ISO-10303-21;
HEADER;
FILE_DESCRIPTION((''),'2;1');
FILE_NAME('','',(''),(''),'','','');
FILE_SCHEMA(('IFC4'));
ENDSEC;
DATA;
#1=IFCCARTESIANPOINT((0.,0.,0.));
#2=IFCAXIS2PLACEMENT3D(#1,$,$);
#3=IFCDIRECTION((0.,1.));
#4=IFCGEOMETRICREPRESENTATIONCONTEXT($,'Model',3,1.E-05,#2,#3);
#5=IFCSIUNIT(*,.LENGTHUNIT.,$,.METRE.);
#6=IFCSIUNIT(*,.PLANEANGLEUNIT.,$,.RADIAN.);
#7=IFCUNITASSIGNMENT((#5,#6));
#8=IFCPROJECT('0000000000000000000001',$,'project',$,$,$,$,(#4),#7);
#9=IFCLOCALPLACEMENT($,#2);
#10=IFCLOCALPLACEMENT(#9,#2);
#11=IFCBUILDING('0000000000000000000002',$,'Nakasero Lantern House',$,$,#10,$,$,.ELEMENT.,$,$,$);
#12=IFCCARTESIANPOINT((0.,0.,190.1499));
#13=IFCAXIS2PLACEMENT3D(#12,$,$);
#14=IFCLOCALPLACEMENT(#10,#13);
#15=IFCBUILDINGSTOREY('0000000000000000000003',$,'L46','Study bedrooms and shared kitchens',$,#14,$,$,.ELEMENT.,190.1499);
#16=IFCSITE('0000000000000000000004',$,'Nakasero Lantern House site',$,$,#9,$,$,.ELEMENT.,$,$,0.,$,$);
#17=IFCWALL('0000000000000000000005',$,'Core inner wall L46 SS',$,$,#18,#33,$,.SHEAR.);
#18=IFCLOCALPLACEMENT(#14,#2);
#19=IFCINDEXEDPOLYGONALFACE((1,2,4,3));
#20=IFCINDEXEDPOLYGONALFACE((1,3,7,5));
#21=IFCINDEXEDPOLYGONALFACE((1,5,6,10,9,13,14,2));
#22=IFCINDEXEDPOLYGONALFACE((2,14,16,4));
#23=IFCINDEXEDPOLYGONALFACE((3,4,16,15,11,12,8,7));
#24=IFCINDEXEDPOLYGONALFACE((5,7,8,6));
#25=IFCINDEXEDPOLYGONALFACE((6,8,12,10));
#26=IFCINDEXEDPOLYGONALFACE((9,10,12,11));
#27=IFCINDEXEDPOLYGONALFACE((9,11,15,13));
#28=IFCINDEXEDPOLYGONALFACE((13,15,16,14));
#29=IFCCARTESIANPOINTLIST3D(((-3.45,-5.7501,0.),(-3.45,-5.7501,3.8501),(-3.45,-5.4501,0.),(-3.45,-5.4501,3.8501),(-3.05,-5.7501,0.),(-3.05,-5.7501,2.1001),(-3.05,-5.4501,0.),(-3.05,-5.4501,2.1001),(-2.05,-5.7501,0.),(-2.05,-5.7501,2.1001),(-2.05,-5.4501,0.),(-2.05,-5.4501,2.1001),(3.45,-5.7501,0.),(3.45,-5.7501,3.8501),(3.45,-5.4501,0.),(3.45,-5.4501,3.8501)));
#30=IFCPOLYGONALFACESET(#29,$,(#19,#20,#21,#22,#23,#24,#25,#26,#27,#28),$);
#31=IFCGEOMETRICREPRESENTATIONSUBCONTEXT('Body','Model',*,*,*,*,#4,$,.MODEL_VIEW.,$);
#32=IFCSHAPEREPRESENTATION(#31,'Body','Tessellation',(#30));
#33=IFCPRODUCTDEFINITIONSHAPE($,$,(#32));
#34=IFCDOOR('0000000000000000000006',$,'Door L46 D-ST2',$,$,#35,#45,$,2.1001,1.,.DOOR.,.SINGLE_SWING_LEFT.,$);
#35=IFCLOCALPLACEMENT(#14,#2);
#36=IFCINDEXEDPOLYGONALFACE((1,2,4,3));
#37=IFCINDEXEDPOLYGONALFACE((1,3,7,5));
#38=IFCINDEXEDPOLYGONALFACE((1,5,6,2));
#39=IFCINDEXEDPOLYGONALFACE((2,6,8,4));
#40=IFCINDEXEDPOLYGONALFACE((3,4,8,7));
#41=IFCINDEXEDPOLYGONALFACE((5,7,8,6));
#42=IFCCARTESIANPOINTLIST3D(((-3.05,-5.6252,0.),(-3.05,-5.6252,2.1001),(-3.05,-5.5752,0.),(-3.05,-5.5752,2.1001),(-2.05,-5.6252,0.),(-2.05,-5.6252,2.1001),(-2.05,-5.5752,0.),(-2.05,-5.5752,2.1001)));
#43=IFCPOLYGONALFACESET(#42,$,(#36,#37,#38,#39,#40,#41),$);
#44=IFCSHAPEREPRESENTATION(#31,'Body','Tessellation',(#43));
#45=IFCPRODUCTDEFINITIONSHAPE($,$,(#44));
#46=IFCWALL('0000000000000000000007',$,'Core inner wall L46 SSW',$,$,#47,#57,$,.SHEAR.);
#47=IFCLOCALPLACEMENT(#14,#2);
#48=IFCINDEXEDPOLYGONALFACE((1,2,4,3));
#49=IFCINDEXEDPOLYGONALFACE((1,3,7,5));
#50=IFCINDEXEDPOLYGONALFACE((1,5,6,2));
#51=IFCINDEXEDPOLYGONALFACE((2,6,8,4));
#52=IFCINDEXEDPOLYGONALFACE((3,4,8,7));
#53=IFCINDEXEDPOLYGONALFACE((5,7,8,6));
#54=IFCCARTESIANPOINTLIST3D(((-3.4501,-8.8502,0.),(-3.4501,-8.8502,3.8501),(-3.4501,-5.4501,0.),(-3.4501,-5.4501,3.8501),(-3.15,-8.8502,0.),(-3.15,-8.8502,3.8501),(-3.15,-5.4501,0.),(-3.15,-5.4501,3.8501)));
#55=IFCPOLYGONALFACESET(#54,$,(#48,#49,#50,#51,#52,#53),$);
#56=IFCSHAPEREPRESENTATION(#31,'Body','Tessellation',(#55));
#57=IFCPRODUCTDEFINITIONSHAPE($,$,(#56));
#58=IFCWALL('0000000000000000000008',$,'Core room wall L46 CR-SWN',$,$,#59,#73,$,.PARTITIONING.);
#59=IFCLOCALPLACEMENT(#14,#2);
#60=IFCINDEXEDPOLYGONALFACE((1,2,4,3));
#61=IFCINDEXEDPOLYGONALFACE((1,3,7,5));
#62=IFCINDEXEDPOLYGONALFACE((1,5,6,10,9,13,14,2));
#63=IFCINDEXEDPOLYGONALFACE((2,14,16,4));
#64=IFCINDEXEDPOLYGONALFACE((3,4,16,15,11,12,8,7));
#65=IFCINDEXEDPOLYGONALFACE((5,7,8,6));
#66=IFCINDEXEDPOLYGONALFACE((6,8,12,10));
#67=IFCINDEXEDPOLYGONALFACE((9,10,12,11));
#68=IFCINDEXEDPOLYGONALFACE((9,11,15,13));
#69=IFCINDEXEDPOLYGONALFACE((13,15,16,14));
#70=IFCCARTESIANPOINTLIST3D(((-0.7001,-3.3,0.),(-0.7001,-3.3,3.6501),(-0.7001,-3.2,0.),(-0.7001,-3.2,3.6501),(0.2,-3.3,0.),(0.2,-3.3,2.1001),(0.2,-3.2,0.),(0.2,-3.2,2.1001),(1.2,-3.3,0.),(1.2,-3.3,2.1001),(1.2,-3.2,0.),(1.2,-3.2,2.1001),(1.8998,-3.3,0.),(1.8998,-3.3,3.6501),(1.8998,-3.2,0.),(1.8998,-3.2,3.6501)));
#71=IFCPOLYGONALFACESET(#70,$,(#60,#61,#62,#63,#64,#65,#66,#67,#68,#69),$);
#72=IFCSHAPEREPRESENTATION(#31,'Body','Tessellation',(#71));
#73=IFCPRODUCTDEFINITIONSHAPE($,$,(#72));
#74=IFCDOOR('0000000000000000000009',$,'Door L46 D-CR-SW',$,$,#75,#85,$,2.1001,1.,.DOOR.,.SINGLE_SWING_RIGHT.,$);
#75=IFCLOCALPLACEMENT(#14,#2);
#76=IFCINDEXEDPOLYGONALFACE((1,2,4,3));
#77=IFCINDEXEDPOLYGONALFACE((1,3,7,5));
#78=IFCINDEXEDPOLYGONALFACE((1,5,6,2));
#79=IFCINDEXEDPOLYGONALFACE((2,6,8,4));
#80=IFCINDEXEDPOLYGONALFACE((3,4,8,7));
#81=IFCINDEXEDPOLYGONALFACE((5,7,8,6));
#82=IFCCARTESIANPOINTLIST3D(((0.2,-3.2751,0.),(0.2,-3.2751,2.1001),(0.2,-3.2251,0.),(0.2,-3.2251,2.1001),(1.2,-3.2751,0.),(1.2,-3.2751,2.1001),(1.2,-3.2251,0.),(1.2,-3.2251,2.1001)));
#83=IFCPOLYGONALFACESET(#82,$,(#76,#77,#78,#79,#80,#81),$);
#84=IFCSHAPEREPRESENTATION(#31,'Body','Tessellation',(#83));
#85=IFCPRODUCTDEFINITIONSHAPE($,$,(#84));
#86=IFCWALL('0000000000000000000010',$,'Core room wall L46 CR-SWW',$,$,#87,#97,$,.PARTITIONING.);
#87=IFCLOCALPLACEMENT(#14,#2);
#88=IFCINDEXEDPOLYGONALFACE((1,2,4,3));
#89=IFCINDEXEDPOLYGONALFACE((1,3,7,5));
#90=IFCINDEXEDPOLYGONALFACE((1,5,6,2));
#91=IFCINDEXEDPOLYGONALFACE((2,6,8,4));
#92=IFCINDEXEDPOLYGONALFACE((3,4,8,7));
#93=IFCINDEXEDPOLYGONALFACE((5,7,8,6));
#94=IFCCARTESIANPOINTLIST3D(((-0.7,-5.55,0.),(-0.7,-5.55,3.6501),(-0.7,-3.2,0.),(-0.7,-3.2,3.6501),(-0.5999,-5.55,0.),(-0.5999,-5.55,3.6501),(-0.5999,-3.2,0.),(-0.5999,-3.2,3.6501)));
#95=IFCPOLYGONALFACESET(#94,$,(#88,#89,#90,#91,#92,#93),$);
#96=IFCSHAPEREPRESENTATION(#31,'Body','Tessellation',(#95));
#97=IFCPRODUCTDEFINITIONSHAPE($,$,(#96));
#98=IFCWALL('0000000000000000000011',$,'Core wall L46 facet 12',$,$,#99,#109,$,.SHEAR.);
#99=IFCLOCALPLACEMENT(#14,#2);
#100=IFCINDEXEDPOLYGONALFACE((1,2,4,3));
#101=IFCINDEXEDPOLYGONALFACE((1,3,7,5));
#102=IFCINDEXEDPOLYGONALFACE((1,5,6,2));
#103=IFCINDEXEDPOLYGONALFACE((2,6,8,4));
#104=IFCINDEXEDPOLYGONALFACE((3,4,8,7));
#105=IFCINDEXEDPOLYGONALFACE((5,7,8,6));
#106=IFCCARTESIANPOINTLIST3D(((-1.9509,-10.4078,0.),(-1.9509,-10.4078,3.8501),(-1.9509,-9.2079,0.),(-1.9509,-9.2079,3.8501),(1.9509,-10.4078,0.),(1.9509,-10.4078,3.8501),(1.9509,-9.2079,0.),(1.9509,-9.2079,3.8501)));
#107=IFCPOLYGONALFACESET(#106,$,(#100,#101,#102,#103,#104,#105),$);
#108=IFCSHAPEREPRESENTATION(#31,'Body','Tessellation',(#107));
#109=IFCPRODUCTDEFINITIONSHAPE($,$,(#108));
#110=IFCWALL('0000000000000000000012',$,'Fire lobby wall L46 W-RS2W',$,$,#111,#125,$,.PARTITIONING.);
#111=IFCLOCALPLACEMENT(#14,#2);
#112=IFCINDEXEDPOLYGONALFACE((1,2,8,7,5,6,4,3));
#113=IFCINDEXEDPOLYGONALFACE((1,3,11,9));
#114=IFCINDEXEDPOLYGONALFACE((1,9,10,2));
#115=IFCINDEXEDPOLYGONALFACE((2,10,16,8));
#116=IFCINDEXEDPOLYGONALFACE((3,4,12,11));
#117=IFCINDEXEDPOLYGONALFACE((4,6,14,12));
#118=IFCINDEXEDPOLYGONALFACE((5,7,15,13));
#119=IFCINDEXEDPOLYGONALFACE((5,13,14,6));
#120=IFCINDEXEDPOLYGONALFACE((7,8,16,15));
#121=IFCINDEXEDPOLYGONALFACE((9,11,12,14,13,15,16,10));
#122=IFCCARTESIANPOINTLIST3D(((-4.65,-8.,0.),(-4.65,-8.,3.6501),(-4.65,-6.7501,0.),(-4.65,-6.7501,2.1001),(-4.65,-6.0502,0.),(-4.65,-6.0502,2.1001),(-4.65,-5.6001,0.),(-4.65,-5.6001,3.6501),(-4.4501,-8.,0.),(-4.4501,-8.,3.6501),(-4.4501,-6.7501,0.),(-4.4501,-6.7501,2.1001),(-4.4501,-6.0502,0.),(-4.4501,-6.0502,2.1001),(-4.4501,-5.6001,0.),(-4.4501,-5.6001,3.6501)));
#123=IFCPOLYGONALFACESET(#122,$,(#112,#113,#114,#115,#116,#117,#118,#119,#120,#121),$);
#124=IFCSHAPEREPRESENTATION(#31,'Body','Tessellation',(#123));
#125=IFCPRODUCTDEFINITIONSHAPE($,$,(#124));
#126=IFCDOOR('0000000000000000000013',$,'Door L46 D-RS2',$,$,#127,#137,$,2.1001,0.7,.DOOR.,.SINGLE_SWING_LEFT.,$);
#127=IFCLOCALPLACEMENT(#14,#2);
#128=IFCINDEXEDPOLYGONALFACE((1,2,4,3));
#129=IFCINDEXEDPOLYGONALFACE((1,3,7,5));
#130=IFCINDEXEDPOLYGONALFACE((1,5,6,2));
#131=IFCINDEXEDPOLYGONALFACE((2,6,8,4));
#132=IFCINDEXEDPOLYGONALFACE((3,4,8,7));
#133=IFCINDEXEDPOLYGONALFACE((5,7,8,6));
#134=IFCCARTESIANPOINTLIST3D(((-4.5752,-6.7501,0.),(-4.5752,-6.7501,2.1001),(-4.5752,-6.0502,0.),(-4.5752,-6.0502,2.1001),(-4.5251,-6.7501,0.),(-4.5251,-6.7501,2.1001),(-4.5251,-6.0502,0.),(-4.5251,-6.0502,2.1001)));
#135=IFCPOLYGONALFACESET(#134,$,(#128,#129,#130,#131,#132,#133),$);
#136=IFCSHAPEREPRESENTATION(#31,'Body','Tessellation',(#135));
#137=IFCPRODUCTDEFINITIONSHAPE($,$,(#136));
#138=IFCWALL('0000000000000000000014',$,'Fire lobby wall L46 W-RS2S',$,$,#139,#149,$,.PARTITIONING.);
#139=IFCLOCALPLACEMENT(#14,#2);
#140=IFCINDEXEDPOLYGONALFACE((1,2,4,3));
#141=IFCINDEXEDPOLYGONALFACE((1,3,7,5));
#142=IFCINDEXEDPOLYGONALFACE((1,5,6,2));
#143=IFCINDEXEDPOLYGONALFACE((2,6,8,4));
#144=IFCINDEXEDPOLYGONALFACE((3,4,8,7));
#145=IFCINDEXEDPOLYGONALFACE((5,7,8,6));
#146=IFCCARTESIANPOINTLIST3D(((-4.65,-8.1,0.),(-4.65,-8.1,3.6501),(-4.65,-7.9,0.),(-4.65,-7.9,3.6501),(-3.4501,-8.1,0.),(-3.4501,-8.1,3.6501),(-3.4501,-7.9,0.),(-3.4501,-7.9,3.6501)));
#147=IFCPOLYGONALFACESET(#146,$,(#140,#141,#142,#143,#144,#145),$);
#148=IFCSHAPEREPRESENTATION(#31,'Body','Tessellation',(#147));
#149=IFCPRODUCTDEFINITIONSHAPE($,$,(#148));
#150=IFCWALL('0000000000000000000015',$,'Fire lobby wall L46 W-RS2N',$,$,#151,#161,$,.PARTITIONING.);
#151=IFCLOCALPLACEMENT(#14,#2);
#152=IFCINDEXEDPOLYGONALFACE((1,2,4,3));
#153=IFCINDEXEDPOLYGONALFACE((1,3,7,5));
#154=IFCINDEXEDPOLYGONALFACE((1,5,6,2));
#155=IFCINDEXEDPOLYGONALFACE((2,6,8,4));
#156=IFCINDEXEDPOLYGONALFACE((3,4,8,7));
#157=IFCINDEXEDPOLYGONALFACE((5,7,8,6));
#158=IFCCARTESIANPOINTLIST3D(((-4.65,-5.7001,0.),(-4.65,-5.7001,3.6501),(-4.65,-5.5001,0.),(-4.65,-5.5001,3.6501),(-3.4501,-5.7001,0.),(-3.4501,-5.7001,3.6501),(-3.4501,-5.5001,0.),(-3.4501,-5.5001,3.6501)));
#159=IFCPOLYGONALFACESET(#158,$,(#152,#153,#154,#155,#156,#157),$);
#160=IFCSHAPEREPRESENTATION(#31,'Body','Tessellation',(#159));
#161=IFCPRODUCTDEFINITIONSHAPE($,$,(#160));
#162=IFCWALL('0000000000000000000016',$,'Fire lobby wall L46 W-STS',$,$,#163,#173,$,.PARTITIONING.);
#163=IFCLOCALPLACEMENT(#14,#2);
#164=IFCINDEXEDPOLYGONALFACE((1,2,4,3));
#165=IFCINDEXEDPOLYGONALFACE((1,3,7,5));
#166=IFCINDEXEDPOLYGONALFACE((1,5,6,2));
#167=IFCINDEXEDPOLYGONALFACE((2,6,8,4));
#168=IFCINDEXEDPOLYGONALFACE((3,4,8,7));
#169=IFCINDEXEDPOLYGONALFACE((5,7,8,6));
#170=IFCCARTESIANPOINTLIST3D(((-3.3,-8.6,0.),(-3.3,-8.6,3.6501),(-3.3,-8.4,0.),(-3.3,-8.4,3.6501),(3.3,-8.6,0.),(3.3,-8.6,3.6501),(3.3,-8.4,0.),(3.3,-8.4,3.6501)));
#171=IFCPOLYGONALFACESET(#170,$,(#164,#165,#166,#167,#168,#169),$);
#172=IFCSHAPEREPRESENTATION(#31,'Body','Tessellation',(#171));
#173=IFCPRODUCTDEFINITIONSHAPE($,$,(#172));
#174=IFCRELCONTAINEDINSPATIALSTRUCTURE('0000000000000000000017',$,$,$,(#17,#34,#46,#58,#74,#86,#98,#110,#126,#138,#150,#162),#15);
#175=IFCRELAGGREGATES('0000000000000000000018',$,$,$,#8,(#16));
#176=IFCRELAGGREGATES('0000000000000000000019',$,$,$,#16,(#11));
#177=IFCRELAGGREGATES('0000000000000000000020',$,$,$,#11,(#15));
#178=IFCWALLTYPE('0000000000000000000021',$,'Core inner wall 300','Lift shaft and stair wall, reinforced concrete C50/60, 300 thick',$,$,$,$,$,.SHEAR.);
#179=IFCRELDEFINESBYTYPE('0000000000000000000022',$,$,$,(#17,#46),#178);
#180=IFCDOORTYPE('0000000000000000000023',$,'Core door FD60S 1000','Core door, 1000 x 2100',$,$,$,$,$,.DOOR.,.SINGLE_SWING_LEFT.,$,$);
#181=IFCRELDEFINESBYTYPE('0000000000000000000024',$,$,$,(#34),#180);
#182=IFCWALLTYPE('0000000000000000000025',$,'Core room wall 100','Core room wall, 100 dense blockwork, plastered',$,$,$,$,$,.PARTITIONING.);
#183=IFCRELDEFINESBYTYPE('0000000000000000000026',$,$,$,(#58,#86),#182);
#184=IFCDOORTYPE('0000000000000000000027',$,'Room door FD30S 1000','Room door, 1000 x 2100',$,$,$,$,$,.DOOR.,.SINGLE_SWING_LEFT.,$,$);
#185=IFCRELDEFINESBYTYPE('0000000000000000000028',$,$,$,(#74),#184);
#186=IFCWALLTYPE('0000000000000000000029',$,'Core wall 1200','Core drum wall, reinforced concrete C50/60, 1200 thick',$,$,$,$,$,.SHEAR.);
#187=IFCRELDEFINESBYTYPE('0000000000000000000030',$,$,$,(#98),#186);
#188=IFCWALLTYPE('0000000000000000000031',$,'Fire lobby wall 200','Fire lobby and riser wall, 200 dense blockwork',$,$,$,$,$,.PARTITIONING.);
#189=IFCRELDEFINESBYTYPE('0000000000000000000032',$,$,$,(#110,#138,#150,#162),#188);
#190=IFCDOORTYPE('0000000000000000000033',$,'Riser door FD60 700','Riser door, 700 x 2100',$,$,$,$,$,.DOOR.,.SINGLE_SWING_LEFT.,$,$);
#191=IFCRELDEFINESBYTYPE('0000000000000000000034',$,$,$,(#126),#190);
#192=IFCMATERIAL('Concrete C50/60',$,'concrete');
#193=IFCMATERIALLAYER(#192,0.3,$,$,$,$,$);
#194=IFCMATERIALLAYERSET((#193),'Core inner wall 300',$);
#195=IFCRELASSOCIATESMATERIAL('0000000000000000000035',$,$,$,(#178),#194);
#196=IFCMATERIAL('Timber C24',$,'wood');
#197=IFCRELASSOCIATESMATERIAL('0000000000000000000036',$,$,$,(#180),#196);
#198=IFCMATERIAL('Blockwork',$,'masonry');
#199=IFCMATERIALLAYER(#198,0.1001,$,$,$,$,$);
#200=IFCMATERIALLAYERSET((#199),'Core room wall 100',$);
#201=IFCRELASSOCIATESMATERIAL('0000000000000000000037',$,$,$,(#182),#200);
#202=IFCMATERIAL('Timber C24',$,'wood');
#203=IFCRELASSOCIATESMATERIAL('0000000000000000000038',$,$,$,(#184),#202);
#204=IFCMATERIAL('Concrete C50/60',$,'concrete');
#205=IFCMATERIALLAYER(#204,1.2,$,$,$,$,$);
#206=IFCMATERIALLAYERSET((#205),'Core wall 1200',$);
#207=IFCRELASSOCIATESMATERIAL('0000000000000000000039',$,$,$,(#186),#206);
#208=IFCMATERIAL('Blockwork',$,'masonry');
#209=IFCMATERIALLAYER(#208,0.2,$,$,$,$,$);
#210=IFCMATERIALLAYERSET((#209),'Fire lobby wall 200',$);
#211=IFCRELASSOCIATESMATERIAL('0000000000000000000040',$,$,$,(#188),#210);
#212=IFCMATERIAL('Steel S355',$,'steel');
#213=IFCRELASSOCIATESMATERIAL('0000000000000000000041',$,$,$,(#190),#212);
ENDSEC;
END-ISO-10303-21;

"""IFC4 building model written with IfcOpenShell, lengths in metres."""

from ifc_helpers import new_model, si_unit, direction, frame, frame_2d, origin, place, context, subcontext, project, spatial, rectangle, extrude, material, layer, layer_set, type_object, element, fill, save


model = new_model("IFC4")

# Units and contexts
model_context = context("Model", 3, precision=1e-05, world=origin(), true_north=direction((0.0, 1.0)))
body_context = subcontext(model_context, "Body", "Model", "MODEL_VIEW")
ifc_project = project(units=[si_unit("LENGTHUNIT", "METRE"), si_unit("PLANEANGLEUNIT", "RADIAN")], contexts=[model_context])

# Site, building, storey
site_placement = place(None, origin())
site = spatial("IfcSite", under=ifc_project, at=site_placement, Name="Nakasero Lantern House site", CompositionType="ELEMENT", RefElevation=0.0)
building_placement = place(site_placement, origin())
building = spatial("IfcBuilding", under=site, at=building_placement, Name="Nakasero Lantern House", CompositionType="ELEMENT")
storey_placement = place(building_placement, frame((0.0, 0.0, 190.1499)))
storey = spatial("IfcBuildingStorey", under=building, at=storey_placement, Name="L46", Description="Study bedrooms and shared kitchens", CompositionType="ELEMENT", Elevation=190.1499)

# Wall, opening, door
ifc_material_1 = material(Name="Concrete C50/60", Category="concrete")
ifc_layer_1 = layer(ifc_material_1, 0.3)
ifc_layer_set_1 = layer_set([ifc_layer_1], Name="Core inner wall 300")
wall_type_1 = type_object("IfcWallType", Name="Core inner wall 300", Description="Lift shaft and stair wall, reinforced concrete C50/60, 300 thick", PredefinedType="SHEAR", material=ifc_layer_set_1)
wall_1_placement = place(storey_placement, frame((-3.45, -5.6001, 0.0), z_axis=(0.0, 0.0, 1.0), x_axis=(1.0, 0.0, 0.0)))
wall_1 = element("IfcWall", 1, at=wall_1_placement, inside=storey, type_object=wall_type_1, Name="Core inner wall L46 SS", PredefinedType="SHEAR", context=body_context, shape_type="SweptSolid", body=[
    extrude(rectangle(XDim=6.8999, YDim=0.3, at=frame_2d((3.45, 0.0))), origin(), (0.0, 0.0, 1.0), 3.8501),
])
opening_1_placement = place(wall_1_placement, frame((0.3999, 0.0, 0.0)))
opening_1 = element("IfcOpeningElement", 2, at=opening_1_placement, cuts=wall_1, PredefinedType="OPENING", context=body_context, shape_type="SweptSolid", body=[
    extrude(rectangle(XDim=1.0, YDim=2.1001, at=frame_2d((0.5, 1.05))), frame((0.0, 0.1699, 0.0), z_axis=(0.0, -1.0, 0.0), x_axis=(1.0, 0.0, 0.0)), (0.0, 0.0, 1.0), 0.3401),
])
ifc_material_2 = material(Name="Timber C24", Category="wood")
door_type_1 = type_object("IfcDoorType", Name="Core door FD60S 1000", Description="Core door, 1000 x 2100", OperationType="SINGLE_SWING_LEFT", PredefinedType="DOOR", material=ifc_material_2)
door_1_placement = place(opening_1_placement, origin())
door_1 = element("IfcDoor", 3, at=door_1_placement, inside=storey, type_object=door_type_1, Name="Door L46 D-ST2", OperationType="SINGLE_SWING_LEFT", OverallHeight=2.1001, OverallWidth=1.0, PredefinedType="DOOR", context=body_context, shape_type="SweptSolid", body=[
    extrude(rectangle(XDim=1.0, YDim=2.1001, at=frame_2d((0.5, 1.05))), frame((0.0, 0.0249, 0.0), z_axis=(0.0, -1.0, 0.0), x_axis=(1.0, 0.0, 0.0)), (0.0, 0.0, 1.0), 0.05),
])
fill(opening_1, door_1)

# Wall
wall_2_placement = place(storey_placement, frame((-3.3, -5.45, 0.0), z_axis=(0.0, 0.0, 1.0), x_axis=(0.0, -1.0, 0.0)))
element("IfcWall", 4, at=wall_2_placement, inside=storey, type_object=wall_type_1, Name="Core inner wall L46 SSW", PredefinedType="SHEAR", context=body_context, shape_type="SweptSolid", body=[
    extrude(rectangle(XDim=3.4001, YDim=0.3, at=frame_2d((1.7002, 0.0))), origin(), (0.0, 0.0, 1.0), 3.8501),
])

# Wall, opening, door
ifc_material_3 = material(Name="Blockwork", Category="masonry")
ifc_layer_2 = layer(ifc_material_3, 0.1001)
ifc_layer_set_2 = layer_set([ifc_layer_2], Name="Core room wall 100")
wall_type_2 = type_object("IfcWallType", Name="Core room wall 100", Description="Core room wall, 100 dense blockwork, plastered", PredefinedType="PARTITIONING", material=ifc_layer_set_2)
wall_3_placement = place(storey_placement, frame((-0.7, -3.25, 0.0), z_axis=(0.0, 0.0, 1.0), x_axis=(1.0, 0.0, 0.0)))
wall_3 = element("IfcWall", 5, at=wall_3_placement, inside=storey, type_object=wall_type_2, Name="Core room wall L46 CR-SWN", PredefinedType="PARTITIONING", context=body_context, shape_type="SweptSolid", body=[
    extrude(rectangle(XDim=2.5999, YDim=0.1001, at=frame_2d((1.2998, 0.0))), origin(), (0.0, 0.0, 1.0), 3.6501),
])
opening_2_placement = place(wall_3_placement, frame((0.8999, 0.0, 0.0)))
opening_2 = element("IfcOpeningElement", 6, at=opening_2_placement, cuts=wall_3, PredefinedType="OPENING", context=body_context, shape_type="SweptSolid", body=[
    extrude(rectangle(XDim=1.0, YDim=2.1001, at=frame_2d((0.5, 1.05))), frame((0.0, 0.0701, 0.0), z_axis=(0.0, -1.0, 0.0), x_axis=(1.0, 0.0, 0.0)), (0.0, 0.0, 1.0), 0.1401),
])
ifc_material_4 = material(Name="Timber C24", Category="wood")
door_type_2 = type_object("IfcDoorType", Name="Room door FD30S 1000", Description="Room door, 1000 x 2100", OperationType="SINGLE_SWING_LEFT", PredefinedType="DOOR", material=ifc_material_4)
door_2_placement = place(opening_2_placement, origin())
door_2 = element("IfcDoor", 7, at=door_2_placement, inside=storey, type_object=door_type_2, Name="Door L46 D-CR-SW", OperationType="SINGLE_SWING_RIGHT", OverallHeight=2.1001, OverallWidth=1.0, PredefinedType="DOOR", context=body_context, shape_type="SweptSolid", body=[
    extrude(rectangle(XDim=1.0, YDim=2.1001, at=frame_2d((0.5, 1.05))), frame((0.0, 0.0249, 0.0), z_axis=(0.0, -1.0, 0.0), x_axis=(1.0, 0.0, 0.0)), (0.0, 0.0, 1.0), 0.05),
])
fill(opening_2, door_2)

# Walls
wall_4_placement = place(storey_placement, frame((-0.6499, -5.55, 0.0), z_axis=(0.0, 0.0, 1.0), x_axis=(0.0, 1.0, 0.0)))
element("IfcWall", 8, at=wall_4_placement, inside=storey, type_object=wall_type_2, Name="Core room wall L46 CR-SWW", PredefinedType="PARTITIONING", context=body_context, shape_type="SweptSolid", body=[
    extrude(rectangle(XDim=2.3501, YDim=0.1001, at=frame_2d((1.175, 0.0))), origin(), (0.0, 0.0, 1.0), 3.6501),
])
ifc_material_5 = material(Name="Concrete C50/60", Category="concrete")
ifc_layer_3 = layer(ifc_material_5, 1.2)
ifc_layer_set_3 = layer_set([ifc_layer_3], Name="Core wall 1200")
wall_type_3 = type_object("IfcWallType", Name="Core wall 1200", Description="Core drum wall, reinforced concrete C50/60, 1200 thick", PredefinedType="SHEAR", material=ifc_layer_set_3)
wall_5_placement = place(storey_placement, frame((-1.9509, -9.8079, 0.0), z_axis=(0.0, 0.0, 1.0), x_axis=(1.0, 0.0, 0.0)))
element("IfcWall", 9, at=wall_5_placement, inside=storey, type_object=wall_type_3, Name="Core wall L46 facet 12", PredefinedType="SHEAR", context=body_context, shape_type="SweptSolid", body=[
    extrude(rectangle(XDim=3.9019, YDim=1.2, at=frame_2d((1.9509, 0.0))), origin(), (0.0, 0.0, 1.0), 3.8501),
])

# Wall, opening, door
ifc_material_6 = material(Name="Blockwork", Category="masonry")
ifc_layer_4 = layer(ifc_material_6, 0.2)
ifc_layer_set_4 = layer_set([ifc_layer_4], Name="Fire lobby wall 200")
wall_type_4 = type_object("IfcWallType", Name="Fire lobby wall 200", Description="Fire lobby and riser wall, 200 dense blockwork", PredefinedType="PARTITIONING", material=ifc_layer_set_4)
wall_6_placement = place(storey_placement, frame((-4.55, -5.6001, 0.0), z_axis=(0.0, 0.0, 1.0), x_axis=(0.0, -1.0, 0.0)))
wall_6 = element("IfcWall", 10, at=wall_6_placement, inside=storey, type_object=wall_type_4, Name="Fire lobby wall L46 W-RS2W", PredefinedType="PARTITIONING", context=body_context, shape_type="SweptSolid", body=[
    extrude(rectangle(XDim=2.3999, YDim=0.2, at=frame_2d((1.2, 0.0))), origin(), (0.0, 0.0, 1.0), 3.6501),
])
opening_3_placement = place(wall_6_placement, frame((0.45, 0.0, 0.0)))
opening_3 = element("IfcOpeningElement", 11, at=opening_3_placement, cuts=wall_6, PredefinedType="OPENING", context=body_context, shape_type="SweptSolid", body=[
    extrude(rectangle(XDim=0.7, YDim=2.1001, at=frame_2d((0.3501, 1.05))), frame((0.0, 0.1199, 0.0), z_axis=(0.0, -1.0, 0.0), x_axis=(1.0, 0.0, 0.0)), (0.0, 0.0, 1.0), 0.24),
])
ifc_material_7 = material(Name="Steel S355", Category="steel")
door_type_3 = type_object("IfcDoorType", Name="Riser door FD60 700", Description="Riser door, 700 x 2100", OperationType="SINGLE_SWING_LEFT", PredefinedType="DOOR", material=ifc_material_7)
door_3_placement = place(opening_3_placement, origin())
door_3 = element("IfcDoor", 12, at=door_3_placement, inside=storey, type_object=door_type_3, Name="Door L46 D-RS2", OperationType="SINGLE_SWING_LEFT", OverallHeight=2.1001, OverallWidth=0.7, PredefinedType="DOOR", context=body_context, shape_type="SweptSolid", body=[
    extrude(rectangle(XDim=0.7, YDim=2.1001, at=frame_2d((0.3501, 1.05))), frame((0.0, 0.0249, 0.0), z_axis=(0.0, -1.0, 0.0), x_axis=(1.0, 0.0, 0.0)), (0.0, 0.0, 1.0), 0.05),
])
fill(opening_3, door_3)

# Walls
for number, where, z_axis, x_axis, name in (
    (13, (-3.45, -8.0, 0.0), (0.0, 0.0, 1.0), (-1.0, 0.0, 0.0), "Fire lobby wall L46 W-RS2S"),
    (14, (-3.45, -5.6001, 0.0), (0.0, 0.0, 1.0), (-1.0, 0.0, 0.0), "Fire lobby wall L46 W-RS2N"),
):
    element("IfcWall", number, at=place(storey_placement, frame(where, z_axis=z_axis, x_axis=x_axis)), inside=storey, type_object=wall_type_4, Name=name, PredefinedType="PARTITIONING", context=body_context, shape_type="SweptSolid", body=[
        extrude(rectangle(XDim=1.2, YDim=0.2, at=frame_2d((0.6001, 0.0))), origin(), (0.0, 0.0, 1.0), 3.6501),
    ])
wall_7_placement = place(storey_placement, frame((-3.3, -8.5, 0.0), z_axis=(0.0, 0.0, 1.0), x_axis=(1.0, 0.0, 0.0)))
element("IfcWall", 15, at=wall_7_placement, inside=storey, type_object=wall_type_4, Name="Fire lobby wall L46 W-STS", PredefinedType="PARTITIONING", context=body_context, shape_type="SweptSolid", body=[
    extrude(rectangle(XDim=6.6001, YDim=0.2, at=frame_2d((3.3, 0.0))), origin(), (0.0, 0.0, 1.0), 3.6501),
])

save(model, "model.ifc")
